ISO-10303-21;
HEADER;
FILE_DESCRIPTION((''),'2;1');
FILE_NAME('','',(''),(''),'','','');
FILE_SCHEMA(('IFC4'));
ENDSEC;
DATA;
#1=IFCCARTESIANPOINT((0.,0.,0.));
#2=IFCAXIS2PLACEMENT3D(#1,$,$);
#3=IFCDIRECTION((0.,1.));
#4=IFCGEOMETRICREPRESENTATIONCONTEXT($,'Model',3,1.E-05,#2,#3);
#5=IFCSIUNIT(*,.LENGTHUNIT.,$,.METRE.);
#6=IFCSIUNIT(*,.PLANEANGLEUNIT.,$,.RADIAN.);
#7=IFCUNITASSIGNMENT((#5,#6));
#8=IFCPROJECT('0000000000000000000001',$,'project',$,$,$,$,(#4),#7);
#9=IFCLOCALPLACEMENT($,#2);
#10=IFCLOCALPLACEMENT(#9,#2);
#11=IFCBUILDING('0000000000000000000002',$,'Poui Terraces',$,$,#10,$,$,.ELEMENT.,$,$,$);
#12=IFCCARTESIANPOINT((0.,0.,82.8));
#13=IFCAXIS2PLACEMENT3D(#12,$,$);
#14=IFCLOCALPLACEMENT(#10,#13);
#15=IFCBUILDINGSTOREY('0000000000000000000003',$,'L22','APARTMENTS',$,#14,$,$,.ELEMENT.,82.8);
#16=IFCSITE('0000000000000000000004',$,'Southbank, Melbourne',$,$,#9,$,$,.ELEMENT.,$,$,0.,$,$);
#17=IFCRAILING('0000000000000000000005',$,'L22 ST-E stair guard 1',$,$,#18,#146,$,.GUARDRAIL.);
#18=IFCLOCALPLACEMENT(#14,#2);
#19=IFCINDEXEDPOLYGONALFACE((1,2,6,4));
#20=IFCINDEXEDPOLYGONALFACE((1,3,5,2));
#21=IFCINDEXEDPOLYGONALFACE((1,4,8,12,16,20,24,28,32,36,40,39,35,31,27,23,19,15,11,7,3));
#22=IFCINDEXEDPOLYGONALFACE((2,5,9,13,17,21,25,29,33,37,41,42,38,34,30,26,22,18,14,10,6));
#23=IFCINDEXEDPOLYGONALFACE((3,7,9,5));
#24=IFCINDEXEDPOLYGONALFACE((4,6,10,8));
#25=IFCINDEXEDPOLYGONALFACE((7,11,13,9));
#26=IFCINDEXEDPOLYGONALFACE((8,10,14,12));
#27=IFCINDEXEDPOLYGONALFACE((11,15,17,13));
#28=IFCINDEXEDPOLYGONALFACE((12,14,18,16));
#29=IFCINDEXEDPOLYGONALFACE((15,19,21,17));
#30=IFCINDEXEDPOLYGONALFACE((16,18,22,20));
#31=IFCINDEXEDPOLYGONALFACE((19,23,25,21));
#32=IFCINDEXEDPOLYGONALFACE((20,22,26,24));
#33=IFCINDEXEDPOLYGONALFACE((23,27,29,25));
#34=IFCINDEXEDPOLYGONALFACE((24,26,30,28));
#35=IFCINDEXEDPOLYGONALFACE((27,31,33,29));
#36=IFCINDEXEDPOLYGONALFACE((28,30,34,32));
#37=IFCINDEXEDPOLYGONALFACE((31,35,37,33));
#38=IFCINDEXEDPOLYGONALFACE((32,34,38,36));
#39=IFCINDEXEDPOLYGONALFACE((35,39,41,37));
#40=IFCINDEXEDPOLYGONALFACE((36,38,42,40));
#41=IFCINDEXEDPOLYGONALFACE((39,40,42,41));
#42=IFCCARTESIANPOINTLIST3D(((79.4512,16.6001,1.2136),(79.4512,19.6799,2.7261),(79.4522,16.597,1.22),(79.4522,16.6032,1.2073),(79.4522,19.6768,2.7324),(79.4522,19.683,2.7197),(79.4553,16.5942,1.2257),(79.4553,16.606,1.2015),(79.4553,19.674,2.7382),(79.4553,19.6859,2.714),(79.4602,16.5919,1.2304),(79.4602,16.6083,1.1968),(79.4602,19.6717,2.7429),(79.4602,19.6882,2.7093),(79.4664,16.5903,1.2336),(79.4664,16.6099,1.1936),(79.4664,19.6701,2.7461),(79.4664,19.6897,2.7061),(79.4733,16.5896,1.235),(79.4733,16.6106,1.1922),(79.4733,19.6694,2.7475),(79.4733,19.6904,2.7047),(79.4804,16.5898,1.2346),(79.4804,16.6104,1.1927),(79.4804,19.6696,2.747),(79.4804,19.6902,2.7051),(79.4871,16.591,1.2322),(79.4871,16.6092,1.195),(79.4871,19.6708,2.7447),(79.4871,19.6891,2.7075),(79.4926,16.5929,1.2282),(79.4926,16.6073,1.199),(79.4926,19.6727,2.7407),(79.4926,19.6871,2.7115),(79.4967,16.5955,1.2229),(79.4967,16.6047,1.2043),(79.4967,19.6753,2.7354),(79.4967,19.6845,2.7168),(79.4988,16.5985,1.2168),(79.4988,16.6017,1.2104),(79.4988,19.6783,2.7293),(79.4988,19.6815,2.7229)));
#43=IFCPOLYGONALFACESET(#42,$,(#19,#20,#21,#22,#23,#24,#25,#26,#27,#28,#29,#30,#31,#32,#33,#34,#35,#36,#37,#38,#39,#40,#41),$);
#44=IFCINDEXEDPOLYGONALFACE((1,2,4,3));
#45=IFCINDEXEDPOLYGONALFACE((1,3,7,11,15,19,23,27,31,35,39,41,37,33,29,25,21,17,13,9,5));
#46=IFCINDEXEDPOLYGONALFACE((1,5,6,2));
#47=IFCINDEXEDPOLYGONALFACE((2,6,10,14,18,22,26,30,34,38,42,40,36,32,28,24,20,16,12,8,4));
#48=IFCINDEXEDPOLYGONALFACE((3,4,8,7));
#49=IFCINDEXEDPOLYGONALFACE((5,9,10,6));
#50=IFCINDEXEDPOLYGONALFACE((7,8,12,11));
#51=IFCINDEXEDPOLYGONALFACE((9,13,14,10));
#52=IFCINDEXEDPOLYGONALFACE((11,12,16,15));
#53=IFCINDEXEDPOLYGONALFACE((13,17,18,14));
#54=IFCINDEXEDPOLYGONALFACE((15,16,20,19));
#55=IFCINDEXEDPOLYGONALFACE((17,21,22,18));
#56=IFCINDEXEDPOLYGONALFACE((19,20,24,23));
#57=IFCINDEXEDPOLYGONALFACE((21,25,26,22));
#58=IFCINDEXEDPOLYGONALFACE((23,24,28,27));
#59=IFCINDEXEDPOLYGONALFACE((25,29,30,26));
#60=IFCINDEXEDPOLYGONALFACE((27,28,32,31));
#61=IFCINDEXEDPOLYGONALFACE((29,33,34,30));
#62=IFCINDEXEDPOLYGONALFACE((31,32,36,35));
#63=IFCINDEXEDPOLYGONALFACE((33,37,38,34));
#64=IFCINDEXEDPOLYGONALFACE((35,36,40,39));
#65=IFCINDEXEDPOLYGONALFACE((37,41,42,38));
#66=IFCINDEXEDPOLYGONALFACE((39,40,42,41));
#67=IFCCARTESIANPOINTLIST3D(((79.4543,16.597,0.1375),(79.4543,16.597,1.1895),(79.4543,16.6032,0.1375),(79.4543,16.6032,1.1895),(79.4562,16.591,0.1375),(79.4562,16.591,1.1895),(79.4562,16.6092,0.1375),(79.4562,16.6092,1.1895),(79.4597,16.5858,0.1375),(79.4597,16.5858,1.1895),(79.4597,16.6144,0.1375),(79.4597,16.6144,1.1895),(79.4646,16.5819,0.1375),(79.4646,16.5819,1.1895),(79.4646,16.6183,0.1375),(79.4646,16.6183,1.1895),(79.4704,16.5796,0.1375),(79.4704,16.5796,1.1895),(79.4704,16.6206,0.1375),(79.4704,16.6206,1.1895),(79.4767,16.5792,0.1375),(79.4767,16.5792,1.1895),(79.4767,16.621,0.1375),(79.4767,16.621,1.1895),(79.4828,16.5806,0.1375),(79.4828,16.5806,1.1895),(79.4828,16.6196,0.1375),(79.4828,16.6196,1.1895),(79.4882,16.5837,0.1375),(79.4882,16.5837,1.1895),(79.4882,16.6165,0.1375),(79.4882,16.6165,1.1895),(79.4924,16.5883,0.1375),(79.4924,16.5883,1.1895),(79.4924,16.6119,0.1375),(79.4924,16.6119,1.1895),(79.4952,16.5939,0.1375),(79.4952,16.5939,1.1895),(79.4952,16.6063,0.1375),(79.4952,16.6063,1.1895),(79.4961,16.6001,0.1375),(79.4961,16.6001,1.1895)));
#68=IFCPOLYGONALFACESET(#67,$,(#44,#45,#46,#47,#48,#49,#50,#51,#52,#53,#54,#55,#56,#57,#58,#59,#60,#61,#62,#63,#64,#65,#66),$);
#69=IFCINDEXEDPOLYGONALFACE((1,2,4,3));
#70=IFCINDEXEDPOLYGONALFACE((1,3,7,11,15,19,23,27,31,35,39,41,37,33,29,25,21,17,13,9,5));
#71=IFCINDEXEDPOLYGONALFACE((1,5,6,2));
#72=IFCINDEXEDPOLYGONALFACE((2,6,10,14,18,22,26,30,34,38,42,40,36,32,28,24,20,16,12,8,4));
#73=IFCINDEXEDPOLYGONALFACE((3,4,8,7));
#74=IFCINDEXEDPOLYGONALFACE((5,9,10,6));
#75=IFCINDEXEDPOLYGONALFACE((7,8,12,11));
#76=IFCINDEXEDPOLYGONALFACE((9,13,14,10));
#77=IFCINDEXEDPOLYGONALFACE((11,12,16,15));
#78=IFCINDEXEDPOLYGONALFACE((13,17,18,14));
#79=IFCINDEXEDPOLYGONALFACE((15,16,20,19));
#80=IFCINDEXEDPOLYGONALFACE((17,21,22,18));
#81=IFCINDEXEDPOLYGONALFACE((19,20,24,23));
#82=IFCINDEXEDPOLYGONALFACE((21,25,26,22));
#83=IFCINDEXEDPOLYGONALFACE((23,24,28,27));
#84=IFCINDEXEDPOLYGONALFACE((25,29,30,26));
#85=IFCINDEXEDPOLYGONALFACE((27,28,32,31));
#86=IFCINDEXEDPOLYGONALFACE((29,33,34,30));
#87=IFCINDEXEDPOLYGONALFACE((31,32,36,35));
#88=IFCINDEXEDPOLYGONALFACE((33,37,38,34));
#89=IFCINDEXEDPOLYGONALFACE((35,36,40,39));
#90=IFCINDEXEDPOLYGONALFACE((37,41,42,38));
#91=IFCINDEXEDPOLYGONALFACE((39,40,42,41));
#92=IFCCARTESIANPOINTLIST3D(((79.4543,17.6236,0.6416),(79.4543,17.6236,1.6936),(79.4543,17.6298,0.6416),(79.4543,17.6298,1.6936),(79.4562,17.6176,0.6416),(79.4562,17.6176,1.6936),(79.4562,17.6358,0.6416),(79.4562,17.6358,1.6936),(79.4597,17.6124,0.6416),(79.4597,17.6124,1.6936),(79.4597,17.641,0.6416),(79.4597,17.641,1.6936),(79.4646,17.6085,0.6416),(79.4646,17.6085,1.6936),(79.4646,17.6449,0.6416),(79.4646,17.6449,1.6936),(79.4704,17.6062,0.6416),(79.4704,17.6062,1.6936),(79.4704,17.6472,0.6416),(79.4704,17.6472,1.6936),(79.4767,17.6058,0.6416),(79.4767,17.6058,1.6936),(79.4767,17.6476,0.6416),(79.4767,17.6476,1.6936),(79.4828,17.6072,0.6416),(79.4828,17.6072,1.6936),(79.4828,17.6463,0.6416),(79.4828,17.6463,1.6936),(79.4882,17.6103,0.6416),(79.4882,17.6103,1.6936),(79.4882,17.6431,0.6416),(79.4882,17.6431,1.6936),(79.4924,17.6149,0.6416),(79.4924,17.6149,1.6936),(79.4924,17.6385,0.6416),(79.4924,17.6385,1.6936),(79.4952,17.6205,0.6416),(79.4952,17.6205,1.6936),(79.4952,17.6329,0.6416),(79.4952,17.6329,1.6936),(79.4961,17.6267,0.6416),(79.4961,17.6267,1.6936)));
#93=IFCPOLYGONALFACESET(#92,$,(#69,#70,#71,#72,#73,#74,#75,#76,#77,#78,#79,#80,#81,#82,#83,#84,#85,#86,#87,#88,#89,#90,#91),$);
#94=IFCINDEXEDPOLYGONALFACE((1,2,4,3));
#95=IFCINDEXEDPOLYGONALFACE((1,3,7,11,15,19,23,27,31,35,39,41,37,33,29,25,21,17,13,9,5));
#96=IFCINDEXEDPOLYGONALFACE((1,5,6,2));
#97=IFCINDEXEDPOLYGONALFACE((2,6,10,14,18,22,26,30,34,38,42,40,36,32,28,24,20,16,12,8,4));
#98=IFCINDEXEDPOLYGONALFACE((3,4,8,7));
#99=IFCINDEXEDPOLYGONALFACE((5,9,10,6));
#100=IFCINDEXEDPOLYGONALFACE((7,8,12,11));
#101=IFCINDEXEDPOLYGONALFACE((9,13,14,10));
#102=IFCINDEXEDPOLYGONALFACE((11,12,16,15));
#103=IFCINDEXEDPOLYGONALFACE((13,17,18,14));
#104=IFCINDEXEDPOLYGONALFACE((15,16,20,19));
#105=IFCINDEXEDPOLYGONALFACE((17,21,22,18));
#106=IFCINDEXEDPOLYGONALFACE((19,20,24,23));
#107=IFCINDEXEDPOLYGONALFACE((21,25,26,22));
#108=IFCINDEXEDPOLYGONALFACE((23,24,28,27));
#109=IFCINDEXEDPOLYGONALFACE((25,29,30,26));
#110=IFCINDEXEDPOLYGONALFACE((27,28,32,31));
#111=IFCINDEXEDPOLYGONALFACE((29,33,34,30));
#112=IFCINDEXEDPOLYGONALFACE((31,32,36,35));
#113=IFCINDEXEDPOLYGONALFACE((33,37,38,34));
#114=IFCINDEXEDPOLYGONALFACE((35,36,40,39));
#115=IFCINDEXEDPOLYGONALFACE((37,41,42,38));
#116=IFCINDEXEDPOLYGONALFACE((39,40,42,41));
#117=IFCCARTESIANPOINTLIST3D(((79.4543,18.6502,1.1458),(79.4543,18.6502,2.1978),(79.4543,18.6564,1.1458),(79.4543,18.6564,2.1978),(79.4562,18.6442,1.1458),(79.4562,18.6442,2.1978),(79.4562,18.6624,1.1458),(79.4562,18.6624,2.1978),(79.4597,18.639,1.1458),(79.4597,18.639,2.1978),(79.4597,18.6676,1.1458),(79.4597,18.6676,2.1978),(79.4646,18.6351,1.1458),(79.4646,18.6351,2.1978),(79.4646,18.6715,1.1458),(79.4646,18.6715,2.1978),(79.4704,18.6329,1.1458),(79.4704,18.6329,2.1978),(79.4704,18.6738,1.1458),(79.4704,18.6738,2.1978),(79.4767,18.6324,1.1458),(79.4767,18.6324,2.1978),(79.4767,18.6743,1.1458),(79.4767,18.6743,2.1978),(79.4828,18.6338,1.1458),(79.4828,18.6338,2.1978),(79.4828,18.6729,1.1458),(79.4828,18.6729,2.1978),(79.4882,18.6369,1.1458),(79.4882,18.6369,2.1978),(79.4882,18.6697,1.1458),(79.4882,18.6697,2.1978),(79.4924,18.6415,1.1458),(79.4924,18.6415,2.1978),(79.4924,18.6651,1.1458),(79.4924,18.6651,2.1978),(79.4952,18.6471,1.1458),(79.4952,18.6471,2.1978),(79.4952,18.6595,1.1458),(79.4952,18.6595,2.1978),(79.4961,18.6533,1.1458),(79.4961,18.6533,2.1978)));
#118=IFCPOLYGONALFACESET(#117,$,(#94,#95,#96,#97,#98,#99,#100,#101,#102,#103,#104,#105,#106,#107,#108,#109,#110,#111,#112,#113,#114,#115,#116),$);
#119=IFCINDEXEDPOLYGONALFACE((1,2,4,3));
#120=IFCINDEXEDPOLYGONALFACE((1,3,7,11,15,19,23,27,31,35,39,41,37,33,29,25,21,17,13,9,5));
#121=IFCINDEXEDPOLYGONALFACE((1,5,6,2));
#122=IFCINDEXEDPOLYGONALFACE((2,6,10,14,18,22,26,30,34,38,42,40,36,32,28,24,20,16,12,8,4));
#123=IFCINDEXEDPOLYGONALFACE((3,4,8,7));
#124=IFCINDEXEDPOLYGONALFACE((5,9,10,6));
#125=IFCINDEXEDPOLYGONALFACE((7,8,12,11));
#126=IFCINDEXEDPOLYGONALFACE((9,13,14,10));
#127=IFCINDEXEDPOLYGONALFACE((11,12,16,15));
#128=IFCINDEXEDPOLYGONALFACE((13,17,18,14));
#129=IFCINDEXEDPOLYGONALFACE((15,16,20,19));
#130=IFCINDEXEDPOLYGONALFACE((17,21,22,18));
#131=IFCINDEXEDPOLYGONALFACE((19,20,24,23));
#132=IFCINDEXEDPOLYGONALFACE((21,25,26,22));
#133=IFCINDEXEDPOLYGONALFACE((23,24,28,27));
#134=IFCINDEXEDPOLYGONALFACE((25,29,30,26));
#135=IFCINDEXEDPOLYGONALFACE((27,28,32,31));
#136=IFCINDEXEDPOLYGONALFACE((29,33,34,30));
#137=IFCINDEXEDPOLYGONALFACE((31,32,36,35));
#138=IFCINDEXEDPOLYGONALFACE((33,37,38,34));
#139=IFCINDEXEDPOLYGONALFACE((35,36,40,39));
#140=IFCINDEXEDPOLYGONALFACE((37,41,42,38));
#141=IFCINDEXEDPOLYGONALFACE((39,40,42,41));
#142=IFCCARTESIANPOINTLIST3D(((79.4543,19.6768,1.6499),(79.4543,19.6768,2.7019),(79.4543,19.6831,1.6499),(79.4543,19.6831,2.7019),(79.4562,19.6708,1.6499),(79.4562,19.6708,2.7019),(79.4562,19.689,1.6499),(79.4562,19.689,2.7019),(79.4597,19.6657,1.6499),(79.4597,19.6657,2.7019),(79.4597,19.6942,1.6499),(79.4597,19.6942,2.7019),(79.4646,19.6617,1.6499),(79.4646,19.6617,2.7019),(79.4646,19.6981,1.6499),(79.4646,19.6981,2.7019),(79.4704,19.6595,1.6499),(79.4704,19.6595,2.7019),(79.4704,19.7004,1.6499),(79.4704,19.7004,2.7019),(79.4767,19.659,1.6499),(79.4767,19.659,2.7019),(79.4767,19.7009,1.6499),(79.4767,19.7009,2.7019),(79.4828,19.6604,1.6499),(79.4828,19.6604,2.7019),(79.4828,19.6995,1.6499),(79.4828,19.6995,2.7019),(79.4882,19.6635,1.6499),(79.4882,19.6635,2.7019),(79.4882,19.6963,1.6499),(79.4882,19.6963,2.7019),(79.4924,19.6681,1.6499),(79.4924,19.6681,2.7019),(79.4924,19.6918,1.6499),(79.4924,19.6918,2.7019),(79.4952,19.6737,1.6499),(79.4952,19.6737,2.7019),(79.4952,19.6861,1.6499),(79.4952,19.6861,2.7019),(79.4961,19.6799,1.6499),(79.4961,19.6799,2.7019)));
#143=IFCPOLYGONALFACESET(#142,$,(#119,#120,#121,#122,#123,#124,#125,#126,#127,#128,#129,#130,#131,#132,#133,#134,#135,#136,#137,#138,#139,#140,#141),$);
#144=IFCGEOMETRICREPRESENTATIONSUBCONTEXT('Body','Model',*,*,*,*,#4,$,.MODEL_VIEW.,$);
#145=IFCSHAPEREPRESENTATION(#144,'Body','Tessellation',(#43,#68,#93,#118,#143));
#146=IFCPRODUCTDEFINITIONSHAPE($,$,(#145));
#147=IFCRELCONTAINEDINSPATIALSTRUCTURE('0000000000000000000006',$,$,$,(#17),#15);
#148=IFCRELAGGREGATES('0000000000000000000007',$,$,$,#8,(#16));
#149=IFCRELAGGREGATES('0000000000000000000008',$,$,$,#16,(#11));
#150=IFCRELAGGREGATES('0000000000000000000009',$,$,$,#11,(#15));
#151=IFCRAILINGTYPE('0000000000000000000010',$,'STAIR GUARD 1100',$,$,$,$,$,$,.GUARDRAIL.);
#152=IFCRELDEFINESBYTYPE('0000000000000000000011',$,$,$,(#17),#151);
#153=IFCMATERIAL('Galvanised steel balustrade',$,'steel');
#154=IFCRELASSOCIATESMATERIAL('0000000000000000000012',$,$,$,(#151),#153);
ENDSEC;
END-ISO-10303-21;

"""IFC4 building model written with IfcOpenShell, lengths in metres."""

from ifc_helpers import new_model, si_unit, direction, frame, origin, origin_2d, place, context, subcontext, project, spatial, circle, extrude, material, type_object, element, save


model = new_model("IFC4")

# Units and contexts
model_context = context("Model", 3, precision=1e-05, world=origin(), true_north=direction((0.0, 1.0)))
body_context = subcontext(model_context, "Body", "Model", "MODEL_VIEW")
ifc_project = project(units=[si_unit("LENGTHUNIT", "METRE"), si_unit("PLANEANGLEUNIT", "RADIAN")], contexts=[model_context])

# Site, building, storey
site_placement = place(None, origin())
site = spatial("IfcSite", under=ifc_project, at=site_placement, Name="Southbank, Melbourne", CompositionType="ELEMENT", RefElevation=0.0)
building_placement = place(site_placement, origin())
building = spatial("IfcBuilding", under=site, at=building_placement, Name="Poui Terraces", CompositionType="ELEMENT")
storey_placement = place(building_placement, frame((0.0, 0.0, 82.8)))
storey = spatial("IfcBuildingStorey", under=building, at=storey_placement, Name="L22", Description="APARTMENTS", CompositionType="ELEMENT", Elevation=82.8)

# Railing
ifc_material_1 = material(Name="Galvanised steel balustrade", Category="steel")
railing_type_1 = type_object("IfcRailingType", Name="STAIR GUARD 1100", PredefinedType="GUARDRAIL", material=ifc_material_1)
railing_1_placement = place(storey_placement, frame((79.4751, 16.6001, 0.1375)))
element("IfcRailing", 1, at=railing_1_placement, inside=storey, type_object=railing_type_1, Name="L22 ST-E stair guard 1", PredefinedType="GUARDRAIL", context=body_context, shape_type="SweptSolid", body=[
    extrude(circle(Radius=0.0239, at=origin_2d()), frame((0.0, 0.0, 1.0762), z_axis=(0.0, 0.897606, 0.440798), x_axis=(-1.0, 0.0, 0.0)), (0.0, 0.0, 1.0), 3.4312),
    extrude(circle(Radius=0.021, at=origin_2d()), origin(), (0.0, 0.0, 1.0), 1.052),
    extrude(circle(Radius=0.021, at=origin_2d()), frame((0.0, 1.0266, 0.5042)), (0.0, 0.0, 1.0), 1.052),
    extrude(circle(Radius=0.021, at=origin_2d()), frame((0.0, 2.0532, 1.0083)), (0.0, 0.0, 1.0), 1.052),
    extrude(circle(Radius=0.021, at=origin_2d()), frame((0.0, 3.0798, 1.5125)), (0.0, 0.0, 1.0), 1.052),
])

save(model, "model.ifc")
